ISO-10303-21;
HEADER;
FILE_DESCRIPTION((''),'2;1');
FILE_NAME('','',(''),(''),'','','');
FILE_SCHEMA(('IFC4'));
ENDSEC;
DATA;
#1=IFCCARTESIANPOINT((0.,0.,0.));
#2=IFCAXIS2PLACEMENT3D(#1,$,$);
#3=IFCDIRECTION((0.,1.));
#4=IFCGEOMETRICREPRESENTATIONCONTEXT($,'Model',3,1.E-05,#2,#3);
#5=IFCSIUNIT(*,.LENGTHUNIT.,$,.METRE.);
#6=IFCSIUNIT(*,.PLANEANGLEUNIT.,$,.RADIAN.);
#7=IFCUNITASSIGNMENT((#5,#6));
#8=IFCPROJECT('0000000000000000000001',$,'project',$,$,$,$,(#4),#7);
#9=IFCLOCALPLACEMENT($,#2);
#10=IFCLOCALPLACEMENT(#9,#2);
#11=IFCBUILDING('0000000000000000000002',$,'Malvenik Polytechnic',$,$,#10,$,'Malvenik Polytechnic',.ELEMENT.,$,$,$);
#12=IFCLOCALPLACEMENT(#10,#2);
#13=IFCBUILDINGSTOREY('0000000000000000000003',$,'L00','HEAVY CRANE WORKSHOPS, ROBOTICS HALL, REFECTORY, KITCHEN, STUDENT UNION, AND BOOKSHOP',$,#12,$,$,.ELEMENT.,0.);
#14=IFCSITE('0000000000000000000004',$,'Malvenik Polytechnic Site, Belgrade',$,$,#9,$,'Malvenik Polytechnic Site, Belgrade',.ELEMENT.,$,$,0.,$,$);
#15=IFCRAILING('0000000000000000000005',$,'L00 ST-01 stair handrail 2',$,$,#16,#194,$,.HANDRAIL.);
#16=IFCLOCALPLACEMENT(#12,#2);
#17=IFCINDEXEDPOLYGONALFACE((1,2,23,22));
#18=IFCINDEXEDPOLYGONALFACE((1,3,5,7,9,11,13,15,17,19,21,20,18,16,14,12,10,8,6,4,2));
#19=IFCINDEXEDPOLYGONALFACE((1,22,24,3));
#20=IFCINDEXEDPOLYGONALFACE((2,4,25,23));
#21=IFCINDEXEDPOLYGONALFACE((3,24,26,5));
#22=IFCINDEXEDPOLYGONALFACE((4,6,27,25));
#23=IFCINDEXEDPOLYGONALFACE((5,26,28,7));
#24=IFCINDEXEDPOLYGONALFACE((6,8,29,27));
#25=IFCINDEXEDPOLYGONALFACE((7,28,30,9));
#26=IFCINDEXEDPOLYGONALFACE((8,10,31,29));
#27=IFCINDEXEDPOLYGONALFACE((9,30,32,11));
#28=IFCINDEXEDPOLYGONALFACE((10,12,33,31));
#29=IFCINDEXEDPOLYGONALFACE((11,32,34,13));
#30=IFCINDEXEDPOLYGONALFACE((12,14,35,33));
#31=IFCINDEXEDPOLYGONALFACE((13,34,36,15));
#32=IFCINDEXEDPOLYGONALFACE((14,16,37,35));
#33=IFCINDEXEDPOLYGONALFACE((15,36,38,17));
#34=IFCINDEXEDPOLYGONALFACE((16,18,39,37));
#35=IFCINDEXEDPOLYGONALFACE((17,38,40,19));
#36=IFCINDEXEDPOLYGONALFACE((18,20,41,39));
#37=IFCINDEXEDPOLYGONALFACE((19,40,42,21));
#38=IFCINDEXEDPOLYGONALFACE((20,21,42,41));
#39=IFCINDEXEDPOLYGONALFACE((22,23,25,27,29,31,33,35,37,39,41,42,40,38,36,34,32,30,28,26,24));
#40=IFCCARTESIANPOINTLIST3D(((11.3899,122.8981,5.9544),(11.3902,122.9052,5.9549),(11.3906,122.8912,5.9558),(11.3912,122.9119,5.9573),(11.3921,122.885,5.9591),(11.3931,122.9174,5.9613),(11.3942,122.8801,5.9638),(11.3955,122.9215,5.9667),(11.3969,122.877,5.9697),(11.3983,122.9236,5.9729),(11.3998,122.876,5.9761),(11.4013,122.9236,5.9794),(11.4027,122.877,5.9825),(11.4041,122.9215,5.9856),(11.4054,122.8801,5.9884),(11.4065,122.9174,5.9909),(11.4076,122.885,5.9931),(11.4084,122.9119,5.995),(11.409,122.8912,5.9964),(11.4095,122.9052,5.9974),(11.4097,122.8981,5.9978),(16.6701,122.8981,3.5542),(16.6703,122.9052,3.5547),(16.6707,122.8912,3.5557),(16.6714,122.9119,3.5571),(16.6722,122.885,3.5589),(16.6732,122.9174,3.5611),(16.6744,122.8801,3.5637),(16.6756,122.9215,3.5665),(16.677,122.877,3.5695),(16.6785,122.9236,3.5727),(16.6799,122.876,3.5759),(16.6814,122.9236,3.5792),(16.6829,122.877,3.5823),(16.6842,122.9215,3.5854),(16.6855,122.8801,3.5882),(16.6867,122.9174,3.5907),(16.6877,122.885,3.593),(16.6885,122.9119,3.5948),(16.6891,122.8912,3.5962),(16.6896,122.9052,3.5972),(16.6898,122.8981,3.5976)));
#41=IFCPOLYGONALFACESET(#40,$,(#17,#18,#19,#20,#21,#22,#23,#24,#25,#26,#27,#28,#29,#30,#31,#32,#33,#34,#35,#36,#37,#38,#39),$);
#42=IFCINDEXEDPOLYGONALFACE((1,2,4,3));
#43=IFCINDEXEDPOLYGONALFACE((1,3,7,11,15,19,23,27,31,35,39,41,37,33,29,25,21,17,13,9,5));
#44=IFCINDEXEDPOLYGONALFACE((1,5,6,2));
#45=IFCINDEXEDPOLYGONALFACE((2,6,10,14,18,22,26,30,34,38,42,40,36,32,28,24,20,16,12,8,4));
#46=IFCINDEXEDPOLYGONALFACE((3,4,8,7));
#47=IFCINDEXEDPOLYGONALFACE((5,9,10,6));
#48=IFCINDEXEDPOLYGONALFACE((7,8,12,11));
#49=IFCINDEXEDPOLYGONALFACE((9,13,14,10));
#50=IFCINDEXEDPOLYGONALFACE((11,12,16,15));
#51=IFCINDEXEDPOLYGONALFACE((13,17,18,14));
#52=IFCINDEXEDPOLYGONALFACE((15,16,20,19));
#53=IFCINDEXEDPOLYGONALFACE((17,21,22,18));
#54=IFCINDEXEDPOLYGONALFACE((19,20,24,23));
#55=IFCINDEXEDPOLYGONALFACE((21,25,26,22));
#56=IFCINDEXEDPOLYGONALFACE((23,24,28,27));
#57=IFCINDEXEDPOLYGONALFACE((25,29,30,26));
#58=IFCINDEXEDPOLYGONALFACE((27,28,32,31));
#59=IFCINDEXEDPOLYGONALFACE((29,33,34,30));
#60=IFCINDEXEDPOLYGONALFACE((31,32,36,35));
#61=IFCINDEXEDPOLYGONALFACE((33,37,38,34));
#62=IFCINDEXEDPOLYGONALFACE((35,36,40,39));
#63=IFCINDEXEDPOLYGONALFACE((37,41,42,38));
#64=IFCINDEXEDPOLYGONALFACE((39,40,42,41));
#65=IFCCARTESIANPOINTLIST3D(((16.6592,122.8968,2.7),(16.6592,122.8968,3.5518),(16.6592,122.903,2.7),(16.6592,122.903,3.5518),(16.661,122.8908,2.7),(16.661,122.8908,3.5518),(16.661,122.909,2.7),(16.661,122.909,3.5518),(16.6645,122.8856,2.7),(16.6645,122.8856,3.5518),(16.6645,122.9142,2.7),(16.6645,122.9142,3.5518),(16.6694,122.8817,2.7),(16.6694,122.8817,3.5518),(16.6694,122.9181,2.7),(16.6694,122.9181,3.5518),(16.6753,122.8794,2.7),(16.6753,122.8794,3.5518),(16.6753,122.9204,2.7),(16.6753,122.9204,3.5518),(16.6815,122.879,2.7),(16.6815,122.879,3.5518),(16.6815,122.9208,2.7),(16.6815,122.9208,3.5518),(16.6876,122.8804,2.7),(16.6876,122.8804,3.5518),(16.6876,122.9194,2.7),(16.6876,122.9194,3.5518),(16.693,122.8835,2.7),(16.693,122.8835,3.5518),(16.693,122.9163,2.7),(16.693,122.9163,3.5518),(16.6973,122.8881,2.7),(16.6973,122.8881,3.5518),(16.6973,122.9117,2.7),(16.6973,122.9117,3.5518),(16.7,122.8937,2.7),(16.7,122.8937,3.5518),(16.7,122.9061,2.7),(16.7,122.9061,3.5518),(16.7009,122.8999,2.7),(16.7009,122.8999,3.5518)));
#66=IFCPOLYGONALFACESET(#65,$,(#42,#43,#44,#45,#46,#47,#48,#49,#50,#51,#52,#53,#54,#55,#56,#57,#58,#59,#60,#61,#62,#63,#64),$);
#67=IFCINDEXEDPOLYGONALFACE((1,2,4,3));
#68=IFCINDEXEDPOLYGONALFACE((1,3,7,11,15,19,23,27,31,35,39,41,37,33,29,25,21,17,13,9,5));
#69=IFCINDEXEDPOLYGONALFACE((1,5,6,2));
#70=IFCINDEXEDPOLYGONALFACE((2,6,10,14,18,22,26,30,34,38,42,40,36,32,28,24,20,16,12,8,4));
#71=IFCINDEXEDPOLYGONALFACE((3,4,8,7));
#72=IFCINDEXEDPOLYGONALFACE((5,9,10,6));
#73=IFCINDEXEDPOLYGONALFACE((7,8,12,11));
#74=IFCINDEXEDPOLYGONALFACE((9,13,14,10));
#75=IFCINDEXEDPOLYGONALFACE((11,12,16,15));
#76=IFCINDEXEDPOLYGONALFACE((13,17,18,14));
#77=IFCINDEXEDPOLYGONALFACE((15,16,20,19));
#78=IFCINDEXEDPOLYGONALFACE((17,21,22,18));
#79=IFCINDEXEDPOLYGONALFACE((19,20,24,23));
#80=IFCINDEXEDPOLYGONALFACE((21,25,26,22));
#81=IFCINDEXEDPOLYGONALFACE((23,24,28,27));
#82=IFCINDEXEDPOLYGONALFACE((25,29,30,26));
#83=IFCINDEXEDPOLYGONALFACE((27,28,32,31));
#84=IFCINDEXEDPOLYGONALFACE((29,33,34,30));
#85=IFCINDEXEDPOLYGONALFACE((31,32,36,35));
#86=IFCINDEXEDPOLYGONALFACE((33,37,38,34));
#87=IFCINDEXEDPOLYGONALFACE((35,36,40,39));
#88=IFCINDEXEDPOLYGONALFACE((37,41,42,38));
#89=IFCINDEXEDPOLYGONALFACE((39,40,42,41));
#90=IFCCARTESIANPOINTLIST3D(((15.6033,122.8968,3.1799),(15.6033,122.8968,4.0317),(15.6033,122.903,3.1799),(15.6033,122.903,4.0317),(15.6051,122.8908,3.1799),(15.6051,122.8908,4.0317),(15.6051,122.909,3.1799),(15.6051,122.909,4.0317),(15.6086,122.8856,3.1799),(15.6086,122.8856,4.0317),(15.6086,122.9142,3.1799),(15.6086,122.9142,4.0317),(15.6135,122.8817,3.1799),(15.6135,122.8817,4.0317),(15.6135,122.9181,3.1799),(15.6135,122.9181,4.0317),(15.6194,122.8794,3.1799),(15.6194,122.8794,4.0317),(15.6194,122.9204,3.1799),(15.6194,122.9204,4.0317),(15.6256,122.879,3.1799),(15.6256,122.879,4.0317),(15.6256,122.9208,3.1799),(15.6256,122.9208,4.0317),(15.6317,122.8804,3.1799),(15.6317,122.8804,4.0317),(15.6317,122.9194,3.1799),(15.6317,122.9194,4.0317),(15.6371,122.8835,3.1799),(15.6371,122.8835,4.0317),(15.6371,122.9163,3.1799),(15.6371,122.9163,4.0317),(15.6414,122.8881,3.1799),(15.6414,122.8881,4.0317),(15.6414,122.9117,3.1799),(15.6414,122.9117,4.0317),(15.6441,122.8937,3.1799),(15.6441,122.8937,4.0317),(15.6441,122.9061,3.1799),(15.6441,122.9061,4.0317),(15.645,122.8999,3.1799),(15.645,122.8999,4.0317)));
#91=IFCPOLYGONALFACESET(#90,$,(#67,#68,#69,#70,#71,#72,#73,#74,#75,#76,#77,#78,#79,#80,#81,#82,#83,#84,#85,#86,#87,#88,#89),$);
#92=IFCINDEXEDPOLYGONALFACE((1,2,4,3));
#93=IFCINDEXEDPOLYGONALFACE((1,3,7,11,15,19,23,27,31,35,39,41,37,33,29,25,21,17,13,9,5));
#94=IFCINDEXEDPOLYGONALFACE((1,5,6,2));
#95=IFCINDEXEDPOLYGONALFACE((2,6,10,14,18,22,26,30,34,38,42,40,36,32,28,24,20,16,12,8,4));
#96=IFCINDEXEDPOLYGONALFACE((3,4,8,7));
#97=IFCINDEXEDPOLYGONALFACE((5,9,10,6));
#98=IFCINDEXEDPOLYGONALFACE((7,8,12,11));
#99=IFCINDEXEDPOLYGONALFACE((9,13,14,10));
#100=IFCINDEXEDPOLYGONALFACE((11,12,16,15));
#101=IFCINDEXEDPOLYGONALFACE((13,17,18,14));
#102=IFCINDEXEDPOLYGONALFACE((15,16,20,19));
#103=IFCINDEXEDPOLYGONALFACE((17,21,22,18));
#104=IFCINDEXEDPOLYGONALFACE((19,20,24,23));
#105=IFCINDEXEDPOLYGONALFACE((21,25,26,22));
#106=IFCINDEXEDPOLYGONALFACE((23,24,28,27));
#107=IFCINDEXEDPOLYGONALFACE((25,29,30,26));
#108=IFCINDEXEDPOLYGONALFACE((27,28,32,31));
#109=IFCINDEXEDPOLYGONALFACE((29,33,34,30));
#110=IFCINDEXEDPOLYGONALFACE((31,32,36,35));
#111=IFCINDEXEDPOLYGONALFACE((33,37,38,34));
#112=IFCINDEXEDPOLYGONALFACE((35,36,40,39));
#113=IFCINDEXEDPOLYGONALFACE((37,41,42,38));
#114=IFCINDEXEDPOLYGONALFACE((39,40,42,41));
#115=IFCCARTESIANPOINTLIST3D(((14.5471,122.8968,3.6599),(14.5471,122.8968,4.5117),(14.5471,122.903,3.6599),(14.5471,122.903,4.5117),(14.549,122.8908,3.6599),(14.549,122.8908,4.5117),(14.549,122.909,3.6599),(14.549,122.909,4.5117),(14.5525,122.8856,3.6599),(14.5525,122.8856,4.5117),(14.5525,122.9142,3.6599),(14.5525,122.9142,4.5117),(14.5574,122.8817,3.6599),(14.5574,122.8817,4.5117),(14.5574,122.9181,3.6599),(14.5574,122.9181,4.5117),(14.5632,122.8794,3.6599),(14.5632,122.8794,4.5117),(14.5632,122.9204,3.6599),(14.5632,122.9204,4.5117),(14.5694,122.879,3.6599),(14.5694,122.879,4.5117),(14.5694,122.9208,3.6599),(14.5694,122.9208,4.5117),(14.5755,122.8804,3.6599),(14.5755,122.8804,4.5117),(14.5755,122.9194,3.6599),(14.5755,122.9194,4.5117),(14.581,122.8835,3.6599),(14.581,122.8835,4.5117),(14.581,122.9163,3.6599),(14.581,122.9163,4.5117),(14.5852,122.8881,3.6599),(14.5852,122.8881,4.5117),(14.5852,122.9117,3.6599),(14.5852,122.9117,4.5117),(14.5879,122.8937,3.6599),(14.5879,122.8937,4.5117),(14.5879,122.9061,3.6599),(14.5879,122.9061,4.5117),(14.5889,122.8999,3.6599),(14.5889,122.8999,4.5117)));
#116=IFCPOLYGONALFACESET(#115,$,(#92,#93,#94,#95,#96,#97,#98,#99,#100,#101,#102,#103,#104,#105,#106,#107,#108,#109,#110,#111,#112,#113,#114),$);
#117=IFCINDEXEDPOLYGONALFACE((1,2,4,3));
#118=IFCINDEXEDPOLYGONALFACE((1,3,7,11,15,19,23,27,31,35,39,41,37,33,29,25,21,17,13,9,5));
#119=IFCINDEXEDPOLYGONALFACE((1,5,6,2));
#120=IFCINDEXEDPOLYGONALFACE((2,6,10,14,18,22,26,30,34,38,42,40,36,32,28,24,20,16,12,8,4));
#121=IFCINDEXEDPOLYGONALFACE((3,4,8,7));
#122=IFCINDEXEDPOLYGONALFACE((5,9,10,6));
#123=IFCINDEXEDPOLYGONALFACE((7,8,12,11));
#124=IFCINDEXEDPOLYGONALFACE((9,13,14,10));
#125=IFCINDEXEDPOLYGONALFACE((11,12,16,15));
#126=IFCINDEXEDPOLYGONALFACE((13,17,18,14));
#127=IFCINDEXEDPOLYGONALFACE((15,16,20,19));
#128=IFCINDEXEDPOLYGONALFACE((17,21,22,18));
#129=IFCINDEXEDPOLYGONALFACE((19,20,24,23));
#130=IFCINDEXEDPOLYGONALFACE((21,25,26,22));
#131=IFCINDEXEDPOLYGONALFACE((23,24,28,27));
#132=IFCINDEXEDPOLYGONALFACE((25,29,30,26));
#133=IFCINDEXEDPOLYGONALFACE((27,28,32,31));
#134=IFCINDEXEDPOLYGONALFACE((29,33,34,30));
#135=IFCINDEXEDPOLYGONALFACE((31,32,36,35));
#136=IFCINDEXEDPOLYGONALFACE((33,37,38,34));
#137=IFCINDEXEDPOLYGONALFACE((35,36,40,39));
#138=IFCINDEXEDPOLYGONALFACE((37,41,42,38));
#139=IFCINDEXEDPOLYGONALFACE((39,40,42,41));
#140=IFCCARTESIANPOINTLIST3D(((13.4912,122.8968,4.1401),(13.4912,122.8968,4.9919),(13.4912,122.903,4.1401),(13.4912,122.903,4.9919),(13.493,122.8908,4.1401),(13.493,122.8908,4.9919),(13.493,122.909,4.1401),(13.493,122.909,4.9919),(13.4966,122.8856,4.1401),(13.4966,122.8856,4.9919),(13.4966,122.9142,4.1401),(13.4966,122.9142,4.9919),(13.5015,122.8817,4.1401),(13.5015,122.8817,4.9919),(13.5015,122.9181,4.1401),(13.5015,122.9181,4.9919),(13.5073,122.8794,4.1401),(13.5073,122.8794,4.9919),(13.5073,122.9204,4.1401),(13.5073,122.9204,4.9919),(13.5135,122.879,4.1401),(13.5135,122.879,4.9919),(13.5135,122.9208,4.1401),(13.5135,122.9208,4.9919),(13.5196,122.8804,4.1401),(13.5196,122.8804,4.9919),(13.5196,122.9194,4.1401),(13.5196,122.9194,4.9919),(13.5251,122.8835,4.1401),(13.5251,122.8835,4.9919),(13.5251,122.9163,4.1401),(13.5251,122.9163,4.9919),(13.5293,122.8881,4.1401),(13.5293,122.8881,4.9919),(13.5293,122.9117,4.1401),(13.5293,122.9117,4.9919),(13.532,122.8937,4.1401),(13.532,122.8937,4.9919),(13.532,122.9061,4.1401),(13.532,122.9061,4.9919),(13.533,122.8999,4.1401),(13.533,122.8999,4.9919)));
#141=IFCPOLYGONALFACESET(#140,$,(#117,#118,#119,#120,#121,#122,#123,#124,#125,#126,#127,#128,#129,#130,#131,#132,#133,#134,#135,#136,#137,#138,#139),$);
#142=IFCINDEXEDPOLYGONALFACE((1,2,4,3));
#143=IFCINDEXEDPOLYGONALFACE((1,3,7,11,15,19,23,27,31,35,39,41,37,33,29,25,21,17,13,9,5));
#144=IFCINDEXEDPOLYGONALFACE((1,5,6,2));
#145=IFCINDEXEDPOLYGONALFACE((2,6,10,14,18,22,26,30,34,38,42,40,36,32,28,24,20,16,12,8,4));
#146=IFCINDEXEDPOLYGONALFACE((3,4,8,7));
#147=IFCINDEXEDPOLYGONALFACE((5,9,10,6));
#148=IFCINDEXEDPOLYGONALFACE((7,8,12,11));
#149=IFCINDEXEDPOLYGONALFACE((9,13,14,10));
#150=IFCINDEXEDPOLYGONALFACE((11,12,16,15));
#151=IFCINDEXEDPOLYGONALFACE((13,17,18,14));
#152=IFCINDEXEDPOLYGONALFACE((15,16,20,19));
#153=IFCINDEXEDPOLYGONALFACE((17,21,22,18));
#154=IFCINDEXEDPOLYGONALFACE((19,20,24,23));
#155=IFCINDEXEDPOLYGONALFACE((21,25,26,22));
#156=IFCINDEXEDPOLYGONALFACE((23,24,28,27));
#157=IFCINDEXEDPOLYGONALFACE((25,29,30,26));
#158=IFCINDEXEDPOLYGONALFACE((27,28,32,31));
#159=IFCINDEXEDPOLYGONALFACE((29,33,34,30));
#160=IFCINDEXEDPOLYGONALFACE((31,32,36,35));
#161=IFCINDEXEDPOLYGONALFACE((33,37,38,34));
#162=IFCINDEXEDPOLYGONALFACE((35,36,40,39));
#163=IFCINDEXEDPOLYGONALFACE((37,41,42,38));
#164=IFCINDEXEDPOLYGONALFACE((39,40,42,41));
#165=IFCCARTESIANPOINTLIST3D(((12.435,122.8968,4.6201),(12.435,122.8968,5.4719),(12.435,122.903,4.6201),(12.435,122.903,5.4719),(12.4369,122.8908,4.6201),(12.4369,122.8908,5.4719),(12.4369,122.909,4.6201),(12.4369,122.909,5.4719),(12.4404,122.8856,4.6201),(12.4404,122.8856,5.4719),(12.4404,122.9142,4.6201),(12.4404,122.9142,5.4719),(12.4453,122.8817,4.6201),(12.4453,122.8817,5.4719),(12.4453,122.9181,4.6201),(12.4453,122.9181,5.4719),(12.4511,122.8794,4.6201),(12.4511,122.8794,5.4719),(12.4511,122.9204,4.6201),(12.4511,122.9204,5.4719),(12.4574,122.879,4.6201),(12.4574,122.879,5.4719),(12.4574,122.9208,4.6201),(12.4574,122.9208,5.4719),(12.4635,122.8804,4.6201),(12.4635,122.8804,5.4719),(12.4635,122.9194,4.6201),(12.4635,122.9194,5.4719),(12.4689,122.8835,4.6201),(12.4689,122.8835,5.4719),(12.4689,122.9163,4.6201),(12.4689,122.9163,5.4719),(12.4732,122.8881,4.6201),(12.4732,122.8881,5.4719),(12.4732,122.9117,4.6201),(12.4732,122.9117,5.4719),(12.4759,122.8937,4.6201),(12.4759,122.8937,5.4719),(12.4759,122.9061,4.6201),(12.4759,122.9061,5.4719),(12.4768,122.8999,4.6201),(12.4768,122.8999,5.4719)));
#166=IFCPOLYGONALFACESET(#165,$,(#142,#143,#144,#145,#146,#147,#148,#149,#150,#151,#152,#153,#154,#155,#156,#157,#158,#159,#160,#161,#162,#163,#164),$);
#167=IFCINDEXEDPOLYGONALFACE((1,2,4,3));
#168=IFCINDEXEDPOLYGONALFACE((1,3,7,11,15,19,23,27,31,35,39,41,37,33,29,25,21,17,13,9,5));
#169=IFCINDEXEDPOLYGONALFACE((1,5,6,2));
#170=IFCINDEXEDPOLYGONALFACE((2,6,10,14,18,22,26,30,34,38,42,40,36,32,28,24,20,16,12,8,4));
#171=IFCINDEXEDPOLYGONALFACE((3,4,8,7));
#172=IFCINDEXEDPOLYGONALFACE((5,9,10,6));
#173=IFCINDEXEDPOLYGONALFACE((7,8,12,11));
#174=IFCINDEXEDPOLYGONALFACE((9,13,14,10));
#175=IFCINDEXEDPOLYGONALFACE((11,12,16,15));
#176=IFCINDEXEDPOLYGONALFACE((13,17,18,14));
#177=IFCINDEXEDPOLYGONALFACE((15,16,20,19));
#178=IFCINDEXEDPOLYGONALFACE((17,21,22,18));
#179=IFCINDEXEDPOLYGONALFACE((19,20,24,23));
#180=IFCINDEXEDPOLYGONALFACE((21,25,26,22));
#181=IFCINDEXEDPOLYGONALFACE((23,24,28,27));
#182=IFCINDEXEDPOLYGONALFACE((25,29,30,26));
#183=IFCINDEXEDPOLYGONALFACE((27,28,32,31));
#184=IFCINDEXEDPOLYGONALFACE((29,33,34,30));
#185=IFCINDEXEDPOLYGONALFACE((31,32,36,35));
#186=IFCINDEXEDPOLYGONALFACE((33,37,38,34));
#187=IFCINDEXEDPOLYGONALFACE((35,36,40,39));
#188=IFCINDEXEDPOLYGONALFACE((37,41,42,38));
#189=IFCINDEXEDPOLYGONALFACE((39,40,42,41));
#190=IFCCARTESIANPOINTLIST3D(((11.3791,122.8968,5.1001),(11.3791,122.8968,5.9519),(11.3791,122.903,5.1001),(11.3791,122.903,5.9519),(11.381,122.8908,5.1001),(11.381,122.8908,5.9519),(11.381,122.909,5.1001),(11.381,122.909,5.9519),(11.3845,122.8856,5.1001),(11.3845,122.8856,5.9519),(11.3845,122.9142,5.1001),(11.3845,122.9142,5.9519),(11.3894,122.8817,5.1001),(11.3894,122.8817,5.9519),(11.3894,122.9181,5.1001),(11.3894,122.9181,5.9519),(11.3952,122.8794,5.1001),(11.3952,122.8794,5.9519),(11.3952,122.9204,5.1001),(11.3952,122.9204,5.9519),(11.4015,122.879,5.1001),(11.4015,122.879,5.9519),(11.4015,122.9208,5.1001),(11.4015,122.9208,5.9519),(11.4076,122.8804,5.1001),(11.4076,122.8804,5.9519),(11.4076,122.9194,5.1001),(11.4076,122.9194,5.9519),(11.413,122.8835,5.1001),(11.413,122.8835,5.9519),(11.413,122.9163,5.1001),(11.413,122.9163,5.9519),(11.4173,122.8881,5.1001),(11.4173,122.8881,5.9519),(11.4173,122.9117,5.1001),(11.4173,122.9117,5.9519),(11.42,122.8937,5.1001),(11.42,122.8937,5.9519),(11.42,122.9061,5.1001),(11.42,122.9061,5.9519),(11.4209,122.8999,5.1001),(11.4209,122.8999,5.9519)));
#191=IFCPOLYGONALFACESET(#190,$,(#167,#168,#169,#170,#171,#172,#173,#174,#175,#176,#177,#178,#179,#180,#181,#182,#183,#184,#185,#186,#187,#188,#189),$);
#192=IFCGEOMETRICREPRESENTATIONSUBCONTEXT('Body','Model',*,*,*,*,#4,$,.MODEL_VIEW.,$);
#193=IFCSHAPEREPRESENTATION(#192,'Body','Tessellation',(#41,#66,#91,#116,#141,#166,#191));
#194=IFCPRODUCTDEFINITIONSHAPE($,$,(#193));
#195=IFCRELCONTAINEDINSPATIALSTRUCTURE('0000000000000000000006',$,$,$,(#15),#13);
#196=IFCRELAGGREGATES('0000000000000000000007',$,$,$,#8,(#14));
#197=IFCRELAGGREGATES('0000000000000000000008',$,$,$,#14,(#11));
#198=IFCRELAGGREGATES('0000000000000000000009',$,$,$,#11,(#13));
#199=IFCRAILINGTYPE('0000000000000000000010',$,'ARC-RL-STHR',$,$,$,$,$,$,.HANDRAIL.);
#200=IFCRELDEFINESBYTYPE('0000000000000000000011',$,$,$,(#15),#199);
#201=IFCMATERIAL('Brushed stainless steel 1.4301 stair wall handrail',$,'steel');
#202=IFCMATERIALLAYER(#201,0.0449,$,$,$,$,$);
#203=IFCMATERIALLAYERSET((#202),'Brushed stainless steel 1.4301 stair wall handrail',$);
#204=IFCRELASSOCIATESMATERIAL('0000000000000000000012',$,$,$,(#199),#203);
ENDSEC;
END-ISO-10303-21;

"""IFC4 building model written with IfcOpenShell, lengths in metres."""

from ifc_helpers import new_model, si_unit, direction, frame, origin, origin_2d, place, context, subcontext, project, spatial, circle, extrude, material, layer, layer_set, type_object, element, save


model = new_model("IFC4")

# Units and contexts
model_context = context("Model", 3, precision=1e-05, world=origin(), true_north=direction((0.0, 1.0)))
body_context = subcontext(model_context, "Body", "Model", "MODEL_VIEW")
ifc_project = project(units=[si_unit("LENGTHUNIT", "METRE"), si_unit("PLANEANGLEUNIT", "RADIAN")], contexts=[model_context])

# Site, building, storey
site_placement = place(None, origin())
site = spatial("IfcSite", under=ifc_project, at=site_placement, Name="Malvenik Polytechnic Site, Belgrade", LongName="Malvenik Polytechnic Site, Belgrade", CompositionType="ELEMENT", RefElevation=0.0)
building_placement = place(site_placement, origin())
building = spatial("IfcBuilding", under=site, at=building_placement, Name="Malvenik Polytechnic", LongName="Malvenik Polytechnic", CompositionType="ELEMENT")
storey_placement = place(building_placement, origin())
storey = spatial("IfcBuildingStorey", under=building, at=storey_placement, Name="L00", Description="HEAVY CRANE WORKSHOPS, ROBOTICS HALL, REFECTORY, KITCHEN, STUDENT UNION, AND BOOKSHOP", CompositionType="ELEMENT", Elevation=0.0)

# Railing
ifc_material_1 = material(Name="Brushed stainless steel 1.4301 stair wall handrail", Category="steel")
ifc_layer_1 = layer(ifc_material_1, 0.0449)
ifc_layer_set_1 = layer_set([ifc_layer_1], Name="Brushed stainless steel 1.4301 stair wall handrail")
railing_type_1 = type_object("IfcRailingType", Name="ARC-RL-STHR", PredefinedType="HANDRAIL", material=ifc_layer_set_1)
railing_1_placement = place(storey_placement, frame((16.6799, 122.8999, 2.7)))
element("IfcRailing", 1, at=railing_1_placement, inside=storey, type_object=railing_type_1, Name="L00 ST-01 stair handrail 2", PredefinedType="HANDRAIL", context=body_context, shape_type="SweptSolid", body=[
    extrude(circle(Radius=0.0239, at=origin_2d()), frame((0.0, 0.0, 0.876), z_axis=(-0.910358, 0.0, 0.413822), x_axis=(0.0, -1.0, 0.0)), (0.0, 0.0, 1.0), 5.8),
    extrude(circle(Radius=0.021, at=origin_2d()), origin(), (0.0, 0.0, 1.0), 0.8518),
    extrude(circle(Radius=0.021, at=origin_2d()), frame((-1.0559, 0.0, 0.48)), (0.0, 0.0, 1.0), 0.8518),
    extrude(circle(Radius=0.021, at=origin_2d()), frame((-2.1121, 0.0, 0.96)), (0.0, 0.0, 1.0), 0.8518),
    extrude(circle(Radius=0.021, at=origin_2d()), frame((-3.168, 0.0, 1.4402)), (0.0, 0.0, 1.0), 0.8518),
    extrude(circle(Radius=0.021, at=origin_2d()), frame((-4.2241, 0.0, 1.9202)), (0.0, 0.0, 1.0), 0.8518),
    extrude(circle(Radius=0.021, at=origin_2d()), frame((-5.28, 0.0, 2.4001)), (0.0, 0.0, 1.0), 0.8518),
])

save(model, "model.ifc")
